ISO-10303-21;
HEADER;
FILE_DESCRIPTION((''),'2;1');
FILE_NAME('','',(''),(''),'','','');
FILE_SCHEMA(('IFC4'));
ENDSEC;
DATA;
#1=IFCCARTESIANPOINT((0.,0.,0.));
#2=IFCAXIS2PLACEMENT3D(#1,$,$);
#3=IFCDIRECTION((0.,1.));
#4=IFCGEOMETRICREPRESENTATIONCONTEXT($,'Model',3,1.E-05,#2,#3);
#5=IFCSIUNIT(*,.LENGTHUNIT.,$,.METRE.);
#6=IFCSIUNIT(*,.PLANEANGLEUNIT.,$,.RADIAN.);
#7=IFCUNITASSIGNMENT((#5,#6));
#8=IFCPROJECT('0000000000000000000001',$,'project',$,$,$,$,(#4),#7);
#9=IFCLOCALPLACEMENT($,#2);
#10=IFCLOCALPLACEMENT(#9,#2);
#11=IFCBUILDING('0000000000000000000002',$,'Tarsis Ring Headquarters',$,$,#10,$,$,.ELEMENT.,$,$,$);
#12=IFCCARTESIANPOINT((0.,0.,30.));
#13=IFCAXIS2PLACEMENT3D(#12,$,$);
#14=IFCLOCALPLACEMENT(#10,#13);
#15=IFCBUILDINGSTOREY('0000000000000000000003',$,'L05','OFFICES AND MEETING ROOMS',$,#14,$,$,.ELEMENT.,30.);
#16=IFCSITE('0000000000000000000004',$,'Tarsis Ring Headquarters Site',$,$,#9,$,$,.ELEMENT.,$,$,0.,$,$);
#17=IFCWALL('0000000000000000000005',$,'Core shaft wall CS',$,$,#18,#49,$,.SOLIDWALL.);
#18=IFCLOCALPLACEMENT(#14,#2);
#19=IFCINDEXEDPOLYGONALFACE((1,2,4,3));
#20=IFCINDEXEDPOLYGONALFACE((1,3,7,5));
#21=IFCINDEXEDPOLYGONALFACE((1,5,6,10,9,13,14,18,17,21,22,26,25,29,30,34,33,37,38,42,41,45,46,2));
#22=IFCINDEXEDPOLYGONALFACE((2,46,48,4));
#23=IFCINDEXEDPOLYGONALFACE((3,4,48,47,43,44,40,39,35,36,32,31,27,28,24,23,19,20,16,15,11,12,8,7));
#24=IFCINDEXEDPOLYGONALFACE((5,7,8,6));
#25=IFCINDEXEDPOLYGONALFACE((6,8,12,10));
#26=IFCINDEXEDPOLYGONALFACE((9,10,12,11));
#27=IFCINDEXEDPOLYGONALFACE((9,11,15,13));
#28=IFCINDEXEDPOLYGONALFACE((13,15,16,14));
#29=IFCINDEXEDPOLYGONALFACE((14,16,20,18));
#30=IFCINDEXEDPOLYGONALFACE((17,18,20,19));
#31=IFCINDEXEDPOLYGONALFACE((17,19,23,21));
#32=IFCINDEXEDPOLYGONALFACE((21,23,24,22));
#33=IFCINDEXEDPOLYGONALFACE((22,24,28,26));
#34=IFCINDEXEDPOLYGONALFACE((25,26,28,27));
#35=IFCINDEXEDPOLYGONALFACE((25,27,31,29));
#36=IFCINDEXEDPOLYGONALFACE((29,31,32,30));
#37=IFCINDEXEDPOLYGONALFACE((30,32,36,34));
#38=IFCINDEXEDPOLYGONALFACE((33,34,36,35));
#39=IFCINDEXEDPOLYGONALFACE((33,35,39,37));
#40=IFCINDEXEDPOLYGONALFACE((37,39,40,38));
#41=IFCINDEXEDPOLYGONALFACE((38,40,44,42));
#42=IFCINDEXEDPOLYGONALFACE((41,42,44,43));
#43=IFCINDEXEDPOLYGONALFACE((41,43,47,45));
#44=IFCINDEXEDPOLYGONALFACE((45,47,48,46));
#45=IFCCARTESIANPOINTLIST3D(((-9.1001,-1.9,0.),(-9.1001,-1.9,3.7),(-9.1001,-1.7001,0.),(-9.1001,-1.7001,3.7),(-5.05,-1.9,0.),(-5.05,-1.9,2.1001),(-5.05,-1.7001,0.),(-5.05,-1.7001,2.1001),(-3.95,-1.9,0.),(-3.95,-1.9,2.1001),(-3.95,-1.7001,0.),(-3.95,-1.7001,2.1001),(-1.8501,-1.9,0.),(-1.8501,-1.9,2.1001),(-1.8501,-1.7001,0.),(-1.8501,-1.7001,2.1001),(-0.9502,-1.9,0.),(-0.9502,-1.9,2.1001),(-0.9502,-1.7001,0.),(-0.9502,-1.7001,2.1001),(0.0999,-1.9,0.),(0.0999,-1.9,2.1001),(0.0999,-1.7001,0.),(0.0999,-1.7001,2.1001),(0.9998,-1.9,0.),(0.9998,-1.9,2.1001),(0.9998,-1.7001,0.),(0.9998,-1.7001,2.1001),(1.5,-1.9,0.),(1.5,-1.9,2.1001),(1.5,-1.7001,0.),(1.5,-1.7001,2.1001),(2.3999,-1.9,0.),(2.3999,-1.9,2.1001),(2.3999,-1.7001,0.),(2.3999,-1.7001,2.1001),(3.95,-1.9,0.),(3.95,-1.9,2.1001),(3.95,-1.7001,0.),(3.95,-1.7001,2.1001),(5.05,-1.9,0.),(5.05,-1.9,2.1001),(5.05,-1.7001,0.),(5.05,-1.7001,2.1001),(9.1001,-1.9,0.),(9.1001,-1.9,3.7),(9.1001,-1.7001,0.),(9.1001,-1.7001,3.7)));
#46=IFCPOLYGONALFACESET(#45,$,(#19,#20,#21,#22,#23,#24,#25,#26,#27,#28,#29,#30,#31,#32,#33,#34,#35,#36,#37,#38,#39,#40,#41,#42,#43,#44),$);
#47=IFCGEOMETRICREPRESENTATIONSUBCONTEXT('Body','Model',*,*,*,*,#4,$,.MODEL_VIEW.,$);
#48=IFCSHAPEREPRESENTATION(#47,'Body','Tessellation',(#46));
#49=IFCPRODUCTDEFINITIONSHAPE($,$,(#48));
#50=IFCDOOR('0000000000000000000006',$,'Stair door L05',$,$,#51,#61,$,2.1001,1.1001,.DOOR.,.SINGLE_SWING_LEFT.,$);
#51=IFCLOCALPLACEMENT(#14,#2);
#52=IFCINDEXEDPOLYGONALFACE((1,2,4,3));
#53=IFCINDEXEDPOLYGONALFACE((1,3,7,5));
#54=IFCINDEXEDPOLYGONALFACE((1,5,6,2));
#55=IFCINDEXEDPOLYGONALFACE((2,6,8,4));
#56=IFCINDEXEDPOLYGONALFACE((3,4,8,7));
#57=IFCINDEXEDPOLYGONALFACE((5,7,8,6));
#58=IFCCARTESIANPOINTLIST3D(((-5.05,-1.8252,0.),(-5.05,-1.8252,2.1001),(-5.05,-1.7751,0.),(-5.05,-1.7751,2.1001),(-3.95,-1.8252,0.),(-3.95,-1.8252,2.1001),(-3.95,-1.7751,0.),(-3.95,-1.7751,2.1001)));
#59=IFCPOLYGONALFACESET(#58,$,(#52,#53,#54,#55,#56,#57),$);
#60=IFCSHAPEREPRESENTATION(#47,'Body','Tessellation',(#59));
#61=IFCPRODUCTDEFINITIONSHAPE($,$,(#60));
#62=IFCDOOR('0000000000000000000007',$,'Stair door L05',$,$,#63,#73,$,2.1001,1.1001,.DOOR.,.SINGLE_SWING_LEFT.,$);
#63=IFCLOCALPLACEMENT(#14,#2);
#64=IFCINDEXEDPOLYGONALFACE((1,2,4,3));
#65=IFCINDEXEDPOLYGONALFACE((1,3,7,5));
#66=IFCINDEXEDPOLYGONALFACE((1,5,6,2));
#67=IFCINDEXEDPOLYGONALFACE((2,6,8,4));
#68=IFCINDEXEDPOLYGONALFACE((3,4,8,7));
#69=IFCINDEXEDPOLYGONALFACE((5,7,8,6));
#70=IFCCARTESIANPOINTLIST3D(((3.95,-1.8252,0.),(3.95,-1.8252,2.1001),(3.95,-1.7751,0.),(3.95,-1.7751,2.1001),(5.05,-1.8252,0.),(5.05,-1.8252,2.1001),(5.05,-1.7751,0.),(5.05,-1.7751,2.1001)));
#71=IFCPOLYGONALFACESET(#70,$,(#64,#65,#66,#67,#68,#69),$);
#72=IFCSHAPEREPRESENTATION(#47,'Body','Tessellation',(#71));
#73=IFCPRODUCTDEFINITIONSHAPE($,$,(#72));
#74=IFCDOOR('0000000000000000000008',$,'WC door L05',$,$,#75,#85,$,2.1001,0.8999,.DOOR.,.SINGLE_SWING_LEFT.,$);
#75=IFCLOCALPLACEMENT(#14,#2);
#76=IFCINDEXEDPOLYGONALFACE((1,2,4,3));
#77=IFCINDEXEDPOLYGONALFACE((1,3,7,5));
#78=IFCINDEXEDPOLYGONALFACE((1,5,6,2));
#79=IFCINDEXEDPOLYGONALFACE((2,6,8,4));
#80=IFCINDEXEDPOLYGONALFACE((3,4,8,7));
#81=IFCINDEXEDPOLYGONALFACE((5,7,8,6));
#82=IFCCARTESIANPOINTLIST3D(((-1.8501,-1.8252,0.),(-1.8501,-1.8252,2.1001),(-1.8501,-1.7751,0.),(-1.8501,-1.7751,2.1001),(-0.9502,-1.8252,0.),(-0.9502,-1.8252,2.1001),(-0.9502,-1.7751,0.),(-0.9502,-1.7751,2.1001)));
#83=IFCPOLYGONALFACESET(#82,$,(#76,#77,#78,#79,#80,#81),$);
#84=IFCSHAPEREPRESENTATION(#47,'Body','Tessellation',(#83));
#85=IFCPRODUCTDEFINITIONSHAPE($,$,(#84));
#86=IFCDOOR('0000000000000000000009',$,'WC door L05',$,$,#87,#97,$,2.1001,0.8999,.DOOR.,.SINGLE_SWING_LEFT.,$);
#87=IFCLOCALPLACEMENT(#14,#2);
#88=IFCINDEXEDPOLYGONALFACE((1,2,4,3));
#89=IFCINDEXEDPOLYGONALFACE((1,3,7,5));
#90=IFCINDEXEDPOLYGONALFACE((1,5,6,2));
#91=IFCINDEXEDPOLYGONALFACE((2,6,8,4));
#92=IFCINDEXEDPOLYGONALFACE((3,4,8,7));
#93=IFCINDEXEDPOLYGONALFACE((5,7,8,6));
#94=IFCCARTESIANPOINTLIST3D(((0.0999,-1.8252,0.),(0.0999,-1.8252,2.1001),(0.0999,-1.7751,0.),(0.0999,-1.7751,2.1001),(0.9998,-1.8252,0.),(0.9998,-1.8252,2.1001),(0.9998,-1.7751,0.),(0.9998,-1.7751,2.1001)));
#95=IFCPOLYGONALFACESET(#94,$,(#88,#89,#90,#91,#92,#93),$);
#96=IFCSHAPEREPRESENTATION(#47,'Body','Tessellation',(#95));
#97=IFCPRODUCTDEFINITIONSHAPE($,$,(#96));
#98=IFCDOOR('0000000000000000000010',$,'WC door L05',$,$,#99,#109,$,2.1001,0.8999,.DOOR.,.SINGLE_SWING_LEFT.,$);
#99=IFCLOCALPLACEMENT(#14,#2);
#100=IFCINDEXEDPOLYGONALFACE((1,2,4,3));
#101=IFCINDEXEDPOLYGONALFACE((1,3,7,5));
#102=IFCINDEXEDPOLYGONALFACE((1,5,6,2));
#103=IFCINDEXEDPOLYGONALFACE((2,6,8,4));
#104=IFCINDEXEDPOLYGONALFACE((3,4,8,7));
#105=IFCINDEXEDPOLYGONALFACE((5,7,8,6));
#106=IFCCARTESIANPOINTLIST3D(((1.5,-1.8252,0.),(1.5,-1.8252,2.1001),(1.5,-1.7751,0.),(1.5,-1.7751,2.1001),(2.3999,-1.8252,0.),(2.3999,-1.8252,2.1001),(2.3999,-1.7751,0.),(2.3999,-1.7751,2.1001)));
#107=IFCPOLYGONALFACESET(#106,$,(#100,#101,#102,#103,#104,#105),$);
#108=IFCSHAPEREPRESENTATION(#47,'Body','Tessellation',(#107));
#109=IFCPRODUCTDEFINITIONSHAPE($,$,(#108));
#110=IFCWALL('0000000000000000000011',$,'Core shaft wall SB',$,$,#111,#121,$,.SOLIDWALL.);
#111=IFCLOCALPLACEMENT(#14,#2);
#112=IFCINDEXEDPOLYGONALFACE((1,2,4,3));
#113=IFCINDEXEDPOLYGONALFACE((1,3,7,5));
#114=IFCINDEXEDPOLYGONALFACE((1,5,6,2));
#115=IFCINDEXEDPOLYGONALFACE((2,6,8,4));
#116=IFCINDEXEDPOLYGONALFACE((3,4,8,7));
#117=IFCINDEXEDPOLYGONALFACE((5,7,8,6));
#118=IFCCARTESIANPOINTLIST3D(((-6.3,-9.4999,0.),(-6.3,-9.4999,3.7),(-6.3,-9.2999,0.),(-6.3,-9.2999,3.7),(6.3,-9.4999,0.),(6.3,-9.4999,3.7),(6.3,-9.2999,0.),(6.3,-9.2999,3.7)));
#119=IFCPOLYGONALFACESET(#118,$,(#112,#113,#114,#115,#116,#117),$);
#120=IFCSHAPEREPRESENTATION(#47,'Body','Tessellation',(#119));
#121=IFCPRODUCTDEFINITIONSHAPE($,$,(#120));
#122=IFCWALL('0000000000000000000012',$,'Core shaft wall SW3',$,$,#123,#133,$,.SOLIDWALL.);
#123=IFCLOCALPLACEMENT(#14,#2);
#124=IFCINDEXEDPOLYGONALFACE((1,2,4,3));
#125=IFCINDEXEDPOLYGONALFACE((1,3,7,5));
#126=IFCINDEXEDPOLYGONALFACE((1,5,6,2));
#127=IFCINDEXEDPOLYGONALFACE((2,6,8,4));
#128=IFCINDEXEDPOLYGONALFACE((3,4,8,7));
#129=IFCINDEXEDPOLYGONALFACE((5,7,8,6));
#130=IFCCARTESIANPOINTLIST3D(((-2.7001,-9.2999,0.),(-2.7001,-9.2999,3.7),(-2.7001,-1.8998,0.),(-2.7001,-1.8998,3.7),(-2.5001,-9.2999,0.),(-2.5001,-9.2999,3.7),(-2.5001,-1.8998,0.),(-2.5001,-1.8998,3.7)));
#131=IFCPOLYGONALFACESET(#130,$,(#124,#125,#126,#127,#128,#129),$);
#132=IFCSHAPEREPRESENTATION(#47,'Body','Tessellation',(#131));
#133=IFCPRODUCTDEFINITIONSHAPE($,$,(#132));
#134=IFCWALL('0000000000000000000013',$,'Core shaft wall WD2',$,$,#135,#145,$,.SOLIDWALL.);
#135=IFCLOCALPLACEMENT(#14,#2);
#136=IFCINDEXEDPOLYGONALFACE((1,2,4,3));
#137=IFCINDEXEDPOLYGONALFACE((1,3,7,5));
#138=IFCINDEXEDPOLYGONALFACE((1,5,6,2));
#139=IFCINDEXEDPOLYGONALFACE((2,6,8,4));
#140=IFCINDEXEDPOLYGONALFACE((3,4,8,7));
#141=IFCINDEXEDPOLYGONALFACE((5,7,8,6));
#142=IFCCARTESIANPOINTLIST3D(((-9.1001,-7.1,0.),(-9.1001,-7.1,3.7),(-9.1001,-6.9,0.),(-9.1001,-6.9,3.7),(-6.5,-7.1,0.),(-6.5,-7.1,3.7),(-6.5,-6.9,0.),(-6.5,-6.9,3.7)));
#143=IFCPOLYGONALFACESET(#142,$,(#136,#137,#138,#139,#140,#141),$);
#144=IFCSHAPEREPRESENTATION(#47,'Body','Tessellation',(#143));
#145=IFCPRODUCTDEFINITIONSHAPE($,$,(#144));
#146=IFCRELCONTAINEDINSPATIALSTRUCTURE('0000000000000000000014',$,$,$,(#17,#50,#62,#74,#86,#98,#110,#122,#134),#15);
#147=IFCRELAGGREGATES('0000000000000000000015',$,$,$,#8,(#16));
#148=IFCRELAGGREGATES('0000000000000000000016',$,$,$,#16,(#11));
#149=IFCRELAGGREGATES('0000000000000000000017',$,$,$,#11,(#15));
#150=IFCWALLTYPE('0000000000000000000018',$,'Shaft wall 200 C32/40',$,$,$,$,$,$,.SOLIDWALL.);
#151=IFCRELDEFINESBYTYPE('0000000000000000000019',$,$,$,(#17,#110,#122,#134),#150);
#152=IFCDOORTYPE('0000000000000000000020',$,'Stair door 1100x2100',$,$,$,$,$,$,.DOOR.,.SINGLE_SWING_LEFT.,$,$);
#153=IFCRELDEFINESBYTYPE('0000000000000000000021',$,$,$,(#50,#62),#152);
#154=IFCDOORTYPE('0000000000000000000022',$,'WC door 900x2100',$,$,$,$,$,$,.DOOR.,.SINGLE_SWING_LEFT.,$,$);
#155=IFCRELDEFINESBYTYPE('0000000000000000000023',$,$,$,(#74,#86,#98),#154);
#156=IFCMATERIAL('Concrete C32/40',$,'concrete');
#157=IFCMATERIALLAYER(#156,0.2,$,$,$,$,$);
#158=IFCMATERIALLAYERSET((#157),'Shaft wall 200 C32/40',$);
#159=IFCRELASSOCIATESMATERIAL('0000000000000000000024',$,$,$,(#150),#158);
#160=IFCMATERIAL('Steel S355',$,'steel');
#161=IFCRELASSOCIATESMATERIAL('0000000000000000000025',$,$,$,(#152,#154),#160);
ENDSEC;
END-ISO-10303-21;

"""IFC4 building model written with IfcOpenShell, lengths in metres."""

from ifc_helpers import new_model, si_unit, direction, frame, frame_2d, origin, place, context, subcontext, project, spatial, rectangle, extrude, material, layer, layer_set, type_object, element, fill, save


model = new_model("IFC4")

# Units and contexts
model_context = context("Model", 3, precision=1e-05, world=origin(), true_north=direction((0.0, 1.0)))
body_context = subcontext(model_context, "Body", "Model", "MODEL_VIEW")
ifc_project = project(units=[si_unit("LENGTHUNIT", "METRE"), si_unit("PLANEANGLEUNIT", "RADIAN")], contexts=[model_context])

# Site, building, storey
site_placement = place(None, origin())
site = spatial("IfcSite", under=ifc_project, at=site_placement, Name="Tarsis Ring Headquarters Site", CompositionType="ELEMENT", RefElevation=0.0)
building_placement = place(site_placement, origin())
building = spatial("IfcBuilding", under=site, at=building_placement, Name="Tarsis Ring Headquarters", CompositionType="ELEMENT")
storey_placement = place(building_placement, frame((0.0, 0.0, 30.0)))
storey = spatial("IfcBuildingStorey", under=building, at=storey_placement, Name="L05", Description="OFFICES AND MEETING ROOMS", CompositionType="ELEMENT", Elevation=30.0)

# Wall, openings, doors
ifc_material_1 = material(Name="Concrete C32/40", Category="concrete")
ifc_layer_1 = layer(ifc_material_1, 0.2)
ifc_layer_set_1 = layer_set([ifc_layer_1], Name="Shaft wall 200 C32/40")
wall_type_1 = type_object("IfcWallType", Name="Shaft wall 200 C32/40", PredefinedType="SOLIDWALL", material=ifc_layer_set_1)
wall_1_placement = place(storey_placement, frame((-9.1001, -1.8, 0.0), z_axis=(0.0, 0.0, 1.0), x_axis=(1.0, 0.0, 0.0)))
wall_1 = element("IfcWall", 1, at=wall_1_placement, inside=storey, type_object=wall_type_1, Name="Core shaft wall CS", PredefinedType="SOLIDWALL", context=body_context, shape_type="SweptSolid", body=[
    extrude(rectangle(XDim=18.2002, YDim=0.2, at=frame_2d((9.1001, 0.0))), origin(), (0.0, 0.0, 1.0), 3.7),
])
opening_1_placement = place(wall_1_placement, frame((4.05, 0.0, 0.0)))
opening_1 = element("IfcOpeningElement", 2, at=opening_1_placement, cuts=wall_1, PredefinedType="OPENING", context=body_context, shape_type="SweptSolid", body=[
    extrude(rectangle(XDim=1.1001, YDim=2.1001, at=frame_2d((0.55, 1.05))), frame((0.0, 0.1099, 0.0), z_axis=(0.0, -1.0, 0.0), x_axis=(1.0, 0.0, 0.0)), (0.0, 0.0, 1.0), 0.22),
])
opening_2_placement = place(wall_1_placement, frame((7.25, 0.0, 0.0)))
opening_2 = element("IfcOpeningElement", 3, at=opening_2_placement, cuts=wall_1, PredefinedType="OPENING", context=body_context, shape_type="SweptSolid", body=[
    extrude(rectangle(XDim=0.8999, YDim=2.1001, at=frame_2d((0.45, 1.05))), frame((0.0, 0.1099, 0.0), z_axis=(0.0, -1.0, 0.0), x_axis=(1.0, 0.0, 0.0)), (0.0, 0.0, 1.0), 0.22),
])
opening_3_placement = place(wall_1_placement, frame((9.2, 0.0, 0.0)))
opening_3 = element("IfcOpeningElement", 4, at=opening_3_placement, cuts=wall_1, PredefinedType="OPENING", context=body_context, shape_type="SweptSolid", body=[
    extrude(rectangle(XDim=0.8999, YDim=2.1001, at=frame_2d((0.45, 1.05))), frame((0.0, 0.1099, 0.0), z_axis=(0.0, -1.0, 0.0), x_axis=(1.0, 0.0, 0.0)), (0.0, 0.0, 1.0), 0.22),
])
opening_4_placement = place(wall_1_placement, frame((10.6001, 0.0, 0.0)))
opening_4 = element("IfcOpeningElement", 5, at=opening_4_placement, cuts=wall_1, PredefinedType="OPENING", context=body_context, shape_type="SweptSolid", body=[
    extrude(rectangle(XDim=0.8999, YDim=2.1001, at=frame_2d((0.45, 1.05))), frame((0.0, 0.1099, 0.0), z_axis=(0.0, -1.0, 0.0), x_axis=(1.0, 0.0, 0.0)), (0.0, 0.0, 1.0), 0.22),
])
opening_5_placement = place(wall_1_placement, frame((13.05, 0.0, 0.0)))
opening_5 = element("IfcOpeningElement", 6, at=opening_5_placement, cuts=wall_1, PredefinedType="OPENING", context=body_context, shape_type="SweptSolid", body=[
    extrude(rectangle(XDim=1.1001, YDim=2.1001, at=frame_2d((0.55, 1.05))), frame((0.0, 0.1099, 0.0), z_axis=(0.0, -1.0, 0.0), x_axis=(1.0, 0.0, 0.0)), (0.0, 0.0, 1.0), 0.22),
])
ifc_material_2 = material(Name="Steel S355", Category="steel")
door_type_1 = type_object("IfcDoorType", Name="Stair door 1100x2100", OperationType="SINGLE_SWING_LEFT", PredefinedType="DOOR", material=ifc_material_2)
door_1_placement = place(opening_1_placement, origin())
door_1 = element("IfcDoor", 7, at=door_1_placement, inside=storey, type_object=door_type_1, Name="Stair door L05", OperationType="SINGLE_SWING_LEFT", OverallHeight=2.1001, OverallWidth=1.1001, PredefinedType="DOOR", context=body_context, shape_type="SweptSolid", body=[
    extrude(rectangle(XDim=1.1001, YDim=2.1001, at=frame_2d((0.55, 1.05))), frame((0.0, 0.0249, 0.0), z_axis=(0.0, -1.0, 0.0), x_axis=(1.0, 0.0, 0.0)), (0.0, 0.0, 1.0), 0.05),
])
fill(opening_1, door_1)
door_2_placement = place(opening_5_placement, origin())
door_2 = element("IfcDoor", 8, at=door_2_placement, inside=storey, type_object=door_type_1, Name="Stair door L05", OperationType="SINGLE_SWING_LEFT", OverallHeight=2.1001, OverallWidth=1.1001, PredefinedType="DOOR", context=body_context, shape_type="SweptSolid", body=[
    extrude(rectangle(XDim=1.1001, YDim=2.1001, at=frame_2d((0.55, 1.05))), frame((0.0, 0.0249, 0.0), z_axis=(0.0, -1.0, 0.0), x_axis=(1.0, 0.0, 0.0)), (0.0, 0.0, 1.0), 0.05),
])
fill(opening_5, door_2)
door_type_2 = type_object("IfcDoorType", Name="WC door 900x2100", OperationType="SINGLE_SWING_LEFT", PredefinedType="DOOR", material=ifc_material_2)
door_3_placement = place(opening_2_placement, origin())
door_3 = element("IfcDoor", 9, at=door_3_placement, inside=storey, type_object=door_type_2, Name="WC door L05", OperationType="SINGLE_SWING_LEFT", OverallHeight=2.1001, OverallWidth=0.8999, PredefinedType="DOOR", context=body_context, shape_type="SweptSolid", body=[
    extrude(rectangle(XDim=0.8999, YDim=2.1001, at=frame_2d((0.45, 1.05))), frame((0.0, 0.0249, 0.0), z_axis=(0.0, -1.0, 0.0), x_axis=(1.0, 0.0, 0.0)), (0.0, 0.0, 1.0), 0.05),
])
fill(opening_2, door_3)
door_4_placement = place(opening_3_placement, origin())
door_4 = element("IfcDoor", 10, at=door_4_placement, inside=storey, type_object=door_type_2, Name="WC door L05", OperationType="SINGLE_SWING_LEFT", OverallHeight=2.1001, OverallWidth=0.8999, PredefinedType="DOOR", context=body_context, shape_type="SweptSolid", body=[
    extrude(rectangle(XDim=0.8999, YDim=2.1001, at=frame_2d((0.45, 1.05))), frame((0.0, 0.0249, 0.0), z_axis=(0.0, -1.0, 0.0), x_axis=(1.0, 0.0, 0.0)), (0.0, 0.0, 1.0), 0.05),
])
fill(opening_3, door_4)
door_5_placement = place(opening_4_placement, origin())
door_5 = element("IfcDoor", 11, at=door_5_placement, inside=storey, type_object=door_type_2, Name="WC door L05", OperationType="SINGLE_SWING_LEFT", OverallHeight=2.1001, OverallWidth=0.8999, PredefinedType="DOOR", context=body_context, shape_type="SweptSolid", body=[
    extrude(rectangle(XDim=0.8999, YDim=2.1001, at=frame_2d((0.45, 1.05))), frame((0.0, 0.0249, 0.0), z_axis=(0.0, -1.0, 0.0), x_axis=(1.0, 0.0, 0.0)), (0.0, 0.0, 1.0), 0.05),
])
fill(opening_4, door_5)

# Walls
wall_2_placement = place(storey_placement, frame((-6.3, -9.3999, 0.0), z_axis=(0.0, 0.0, 1.0), x_axis=(1.0, 0.0, 0.0)))
element("IfcWall", 12, at=wall_2_placement, inside=storey, type_object=wall_type_1, Name="Core shaft wall SB", PredefinedType="SOLIDWALL", context=body_context, shape_type="SweptSolid", body=[
    extrude(rectangle(XDim=12.6001, YDim=0.2, at=frame_2d((6.3, 0.0))), origin(), (0.0, 0.0, 1.0), 3.7),
])
wall_3_placement = place(storey_placement, frame((-2.6001, -9.3, 0.0), z_axis=(0.0, 0.0, 1.0), x_axis=(0.0, 1.0, 0.0)))
element("IfcWall", 13, at=wall_3_placement, inside=storey, type_object=wall_type_1, Name="Core shaft wall SW3", PredefinedType="SOLIDWALL", context=body_context, shape_type="SweptSolid", body=[
    extrude(rectangle(XDim=7.4001, YDim=0.2, at=frame_2d((3.7002, 0.0))), origin(), (0.0, 0.0, 1.0), 3.7),
])
wall_4_placement = place(storey_placement, frame((-9.1001, -7.0, 0.0), z_axis=(0.0, 0.0, 1.0), x_axis=(1.0, 0.0, 0.0)))
element("IfcWall", 14, at=wall_4_placement, inside=storey, type_object=wall_type_1, Name="Core shaft wall WD2", PredefinedType="SOLIDWALL", context=body_context, shape_type="SweptSolid", body=[
    extrude(rectangle(XDim=2.6001, YDim=0.2, at=frame_2d((1.3, 0.0))), origin(), (0.0, 0.0, 1.0), 3.7),
])

save(model, "model.ifc")
